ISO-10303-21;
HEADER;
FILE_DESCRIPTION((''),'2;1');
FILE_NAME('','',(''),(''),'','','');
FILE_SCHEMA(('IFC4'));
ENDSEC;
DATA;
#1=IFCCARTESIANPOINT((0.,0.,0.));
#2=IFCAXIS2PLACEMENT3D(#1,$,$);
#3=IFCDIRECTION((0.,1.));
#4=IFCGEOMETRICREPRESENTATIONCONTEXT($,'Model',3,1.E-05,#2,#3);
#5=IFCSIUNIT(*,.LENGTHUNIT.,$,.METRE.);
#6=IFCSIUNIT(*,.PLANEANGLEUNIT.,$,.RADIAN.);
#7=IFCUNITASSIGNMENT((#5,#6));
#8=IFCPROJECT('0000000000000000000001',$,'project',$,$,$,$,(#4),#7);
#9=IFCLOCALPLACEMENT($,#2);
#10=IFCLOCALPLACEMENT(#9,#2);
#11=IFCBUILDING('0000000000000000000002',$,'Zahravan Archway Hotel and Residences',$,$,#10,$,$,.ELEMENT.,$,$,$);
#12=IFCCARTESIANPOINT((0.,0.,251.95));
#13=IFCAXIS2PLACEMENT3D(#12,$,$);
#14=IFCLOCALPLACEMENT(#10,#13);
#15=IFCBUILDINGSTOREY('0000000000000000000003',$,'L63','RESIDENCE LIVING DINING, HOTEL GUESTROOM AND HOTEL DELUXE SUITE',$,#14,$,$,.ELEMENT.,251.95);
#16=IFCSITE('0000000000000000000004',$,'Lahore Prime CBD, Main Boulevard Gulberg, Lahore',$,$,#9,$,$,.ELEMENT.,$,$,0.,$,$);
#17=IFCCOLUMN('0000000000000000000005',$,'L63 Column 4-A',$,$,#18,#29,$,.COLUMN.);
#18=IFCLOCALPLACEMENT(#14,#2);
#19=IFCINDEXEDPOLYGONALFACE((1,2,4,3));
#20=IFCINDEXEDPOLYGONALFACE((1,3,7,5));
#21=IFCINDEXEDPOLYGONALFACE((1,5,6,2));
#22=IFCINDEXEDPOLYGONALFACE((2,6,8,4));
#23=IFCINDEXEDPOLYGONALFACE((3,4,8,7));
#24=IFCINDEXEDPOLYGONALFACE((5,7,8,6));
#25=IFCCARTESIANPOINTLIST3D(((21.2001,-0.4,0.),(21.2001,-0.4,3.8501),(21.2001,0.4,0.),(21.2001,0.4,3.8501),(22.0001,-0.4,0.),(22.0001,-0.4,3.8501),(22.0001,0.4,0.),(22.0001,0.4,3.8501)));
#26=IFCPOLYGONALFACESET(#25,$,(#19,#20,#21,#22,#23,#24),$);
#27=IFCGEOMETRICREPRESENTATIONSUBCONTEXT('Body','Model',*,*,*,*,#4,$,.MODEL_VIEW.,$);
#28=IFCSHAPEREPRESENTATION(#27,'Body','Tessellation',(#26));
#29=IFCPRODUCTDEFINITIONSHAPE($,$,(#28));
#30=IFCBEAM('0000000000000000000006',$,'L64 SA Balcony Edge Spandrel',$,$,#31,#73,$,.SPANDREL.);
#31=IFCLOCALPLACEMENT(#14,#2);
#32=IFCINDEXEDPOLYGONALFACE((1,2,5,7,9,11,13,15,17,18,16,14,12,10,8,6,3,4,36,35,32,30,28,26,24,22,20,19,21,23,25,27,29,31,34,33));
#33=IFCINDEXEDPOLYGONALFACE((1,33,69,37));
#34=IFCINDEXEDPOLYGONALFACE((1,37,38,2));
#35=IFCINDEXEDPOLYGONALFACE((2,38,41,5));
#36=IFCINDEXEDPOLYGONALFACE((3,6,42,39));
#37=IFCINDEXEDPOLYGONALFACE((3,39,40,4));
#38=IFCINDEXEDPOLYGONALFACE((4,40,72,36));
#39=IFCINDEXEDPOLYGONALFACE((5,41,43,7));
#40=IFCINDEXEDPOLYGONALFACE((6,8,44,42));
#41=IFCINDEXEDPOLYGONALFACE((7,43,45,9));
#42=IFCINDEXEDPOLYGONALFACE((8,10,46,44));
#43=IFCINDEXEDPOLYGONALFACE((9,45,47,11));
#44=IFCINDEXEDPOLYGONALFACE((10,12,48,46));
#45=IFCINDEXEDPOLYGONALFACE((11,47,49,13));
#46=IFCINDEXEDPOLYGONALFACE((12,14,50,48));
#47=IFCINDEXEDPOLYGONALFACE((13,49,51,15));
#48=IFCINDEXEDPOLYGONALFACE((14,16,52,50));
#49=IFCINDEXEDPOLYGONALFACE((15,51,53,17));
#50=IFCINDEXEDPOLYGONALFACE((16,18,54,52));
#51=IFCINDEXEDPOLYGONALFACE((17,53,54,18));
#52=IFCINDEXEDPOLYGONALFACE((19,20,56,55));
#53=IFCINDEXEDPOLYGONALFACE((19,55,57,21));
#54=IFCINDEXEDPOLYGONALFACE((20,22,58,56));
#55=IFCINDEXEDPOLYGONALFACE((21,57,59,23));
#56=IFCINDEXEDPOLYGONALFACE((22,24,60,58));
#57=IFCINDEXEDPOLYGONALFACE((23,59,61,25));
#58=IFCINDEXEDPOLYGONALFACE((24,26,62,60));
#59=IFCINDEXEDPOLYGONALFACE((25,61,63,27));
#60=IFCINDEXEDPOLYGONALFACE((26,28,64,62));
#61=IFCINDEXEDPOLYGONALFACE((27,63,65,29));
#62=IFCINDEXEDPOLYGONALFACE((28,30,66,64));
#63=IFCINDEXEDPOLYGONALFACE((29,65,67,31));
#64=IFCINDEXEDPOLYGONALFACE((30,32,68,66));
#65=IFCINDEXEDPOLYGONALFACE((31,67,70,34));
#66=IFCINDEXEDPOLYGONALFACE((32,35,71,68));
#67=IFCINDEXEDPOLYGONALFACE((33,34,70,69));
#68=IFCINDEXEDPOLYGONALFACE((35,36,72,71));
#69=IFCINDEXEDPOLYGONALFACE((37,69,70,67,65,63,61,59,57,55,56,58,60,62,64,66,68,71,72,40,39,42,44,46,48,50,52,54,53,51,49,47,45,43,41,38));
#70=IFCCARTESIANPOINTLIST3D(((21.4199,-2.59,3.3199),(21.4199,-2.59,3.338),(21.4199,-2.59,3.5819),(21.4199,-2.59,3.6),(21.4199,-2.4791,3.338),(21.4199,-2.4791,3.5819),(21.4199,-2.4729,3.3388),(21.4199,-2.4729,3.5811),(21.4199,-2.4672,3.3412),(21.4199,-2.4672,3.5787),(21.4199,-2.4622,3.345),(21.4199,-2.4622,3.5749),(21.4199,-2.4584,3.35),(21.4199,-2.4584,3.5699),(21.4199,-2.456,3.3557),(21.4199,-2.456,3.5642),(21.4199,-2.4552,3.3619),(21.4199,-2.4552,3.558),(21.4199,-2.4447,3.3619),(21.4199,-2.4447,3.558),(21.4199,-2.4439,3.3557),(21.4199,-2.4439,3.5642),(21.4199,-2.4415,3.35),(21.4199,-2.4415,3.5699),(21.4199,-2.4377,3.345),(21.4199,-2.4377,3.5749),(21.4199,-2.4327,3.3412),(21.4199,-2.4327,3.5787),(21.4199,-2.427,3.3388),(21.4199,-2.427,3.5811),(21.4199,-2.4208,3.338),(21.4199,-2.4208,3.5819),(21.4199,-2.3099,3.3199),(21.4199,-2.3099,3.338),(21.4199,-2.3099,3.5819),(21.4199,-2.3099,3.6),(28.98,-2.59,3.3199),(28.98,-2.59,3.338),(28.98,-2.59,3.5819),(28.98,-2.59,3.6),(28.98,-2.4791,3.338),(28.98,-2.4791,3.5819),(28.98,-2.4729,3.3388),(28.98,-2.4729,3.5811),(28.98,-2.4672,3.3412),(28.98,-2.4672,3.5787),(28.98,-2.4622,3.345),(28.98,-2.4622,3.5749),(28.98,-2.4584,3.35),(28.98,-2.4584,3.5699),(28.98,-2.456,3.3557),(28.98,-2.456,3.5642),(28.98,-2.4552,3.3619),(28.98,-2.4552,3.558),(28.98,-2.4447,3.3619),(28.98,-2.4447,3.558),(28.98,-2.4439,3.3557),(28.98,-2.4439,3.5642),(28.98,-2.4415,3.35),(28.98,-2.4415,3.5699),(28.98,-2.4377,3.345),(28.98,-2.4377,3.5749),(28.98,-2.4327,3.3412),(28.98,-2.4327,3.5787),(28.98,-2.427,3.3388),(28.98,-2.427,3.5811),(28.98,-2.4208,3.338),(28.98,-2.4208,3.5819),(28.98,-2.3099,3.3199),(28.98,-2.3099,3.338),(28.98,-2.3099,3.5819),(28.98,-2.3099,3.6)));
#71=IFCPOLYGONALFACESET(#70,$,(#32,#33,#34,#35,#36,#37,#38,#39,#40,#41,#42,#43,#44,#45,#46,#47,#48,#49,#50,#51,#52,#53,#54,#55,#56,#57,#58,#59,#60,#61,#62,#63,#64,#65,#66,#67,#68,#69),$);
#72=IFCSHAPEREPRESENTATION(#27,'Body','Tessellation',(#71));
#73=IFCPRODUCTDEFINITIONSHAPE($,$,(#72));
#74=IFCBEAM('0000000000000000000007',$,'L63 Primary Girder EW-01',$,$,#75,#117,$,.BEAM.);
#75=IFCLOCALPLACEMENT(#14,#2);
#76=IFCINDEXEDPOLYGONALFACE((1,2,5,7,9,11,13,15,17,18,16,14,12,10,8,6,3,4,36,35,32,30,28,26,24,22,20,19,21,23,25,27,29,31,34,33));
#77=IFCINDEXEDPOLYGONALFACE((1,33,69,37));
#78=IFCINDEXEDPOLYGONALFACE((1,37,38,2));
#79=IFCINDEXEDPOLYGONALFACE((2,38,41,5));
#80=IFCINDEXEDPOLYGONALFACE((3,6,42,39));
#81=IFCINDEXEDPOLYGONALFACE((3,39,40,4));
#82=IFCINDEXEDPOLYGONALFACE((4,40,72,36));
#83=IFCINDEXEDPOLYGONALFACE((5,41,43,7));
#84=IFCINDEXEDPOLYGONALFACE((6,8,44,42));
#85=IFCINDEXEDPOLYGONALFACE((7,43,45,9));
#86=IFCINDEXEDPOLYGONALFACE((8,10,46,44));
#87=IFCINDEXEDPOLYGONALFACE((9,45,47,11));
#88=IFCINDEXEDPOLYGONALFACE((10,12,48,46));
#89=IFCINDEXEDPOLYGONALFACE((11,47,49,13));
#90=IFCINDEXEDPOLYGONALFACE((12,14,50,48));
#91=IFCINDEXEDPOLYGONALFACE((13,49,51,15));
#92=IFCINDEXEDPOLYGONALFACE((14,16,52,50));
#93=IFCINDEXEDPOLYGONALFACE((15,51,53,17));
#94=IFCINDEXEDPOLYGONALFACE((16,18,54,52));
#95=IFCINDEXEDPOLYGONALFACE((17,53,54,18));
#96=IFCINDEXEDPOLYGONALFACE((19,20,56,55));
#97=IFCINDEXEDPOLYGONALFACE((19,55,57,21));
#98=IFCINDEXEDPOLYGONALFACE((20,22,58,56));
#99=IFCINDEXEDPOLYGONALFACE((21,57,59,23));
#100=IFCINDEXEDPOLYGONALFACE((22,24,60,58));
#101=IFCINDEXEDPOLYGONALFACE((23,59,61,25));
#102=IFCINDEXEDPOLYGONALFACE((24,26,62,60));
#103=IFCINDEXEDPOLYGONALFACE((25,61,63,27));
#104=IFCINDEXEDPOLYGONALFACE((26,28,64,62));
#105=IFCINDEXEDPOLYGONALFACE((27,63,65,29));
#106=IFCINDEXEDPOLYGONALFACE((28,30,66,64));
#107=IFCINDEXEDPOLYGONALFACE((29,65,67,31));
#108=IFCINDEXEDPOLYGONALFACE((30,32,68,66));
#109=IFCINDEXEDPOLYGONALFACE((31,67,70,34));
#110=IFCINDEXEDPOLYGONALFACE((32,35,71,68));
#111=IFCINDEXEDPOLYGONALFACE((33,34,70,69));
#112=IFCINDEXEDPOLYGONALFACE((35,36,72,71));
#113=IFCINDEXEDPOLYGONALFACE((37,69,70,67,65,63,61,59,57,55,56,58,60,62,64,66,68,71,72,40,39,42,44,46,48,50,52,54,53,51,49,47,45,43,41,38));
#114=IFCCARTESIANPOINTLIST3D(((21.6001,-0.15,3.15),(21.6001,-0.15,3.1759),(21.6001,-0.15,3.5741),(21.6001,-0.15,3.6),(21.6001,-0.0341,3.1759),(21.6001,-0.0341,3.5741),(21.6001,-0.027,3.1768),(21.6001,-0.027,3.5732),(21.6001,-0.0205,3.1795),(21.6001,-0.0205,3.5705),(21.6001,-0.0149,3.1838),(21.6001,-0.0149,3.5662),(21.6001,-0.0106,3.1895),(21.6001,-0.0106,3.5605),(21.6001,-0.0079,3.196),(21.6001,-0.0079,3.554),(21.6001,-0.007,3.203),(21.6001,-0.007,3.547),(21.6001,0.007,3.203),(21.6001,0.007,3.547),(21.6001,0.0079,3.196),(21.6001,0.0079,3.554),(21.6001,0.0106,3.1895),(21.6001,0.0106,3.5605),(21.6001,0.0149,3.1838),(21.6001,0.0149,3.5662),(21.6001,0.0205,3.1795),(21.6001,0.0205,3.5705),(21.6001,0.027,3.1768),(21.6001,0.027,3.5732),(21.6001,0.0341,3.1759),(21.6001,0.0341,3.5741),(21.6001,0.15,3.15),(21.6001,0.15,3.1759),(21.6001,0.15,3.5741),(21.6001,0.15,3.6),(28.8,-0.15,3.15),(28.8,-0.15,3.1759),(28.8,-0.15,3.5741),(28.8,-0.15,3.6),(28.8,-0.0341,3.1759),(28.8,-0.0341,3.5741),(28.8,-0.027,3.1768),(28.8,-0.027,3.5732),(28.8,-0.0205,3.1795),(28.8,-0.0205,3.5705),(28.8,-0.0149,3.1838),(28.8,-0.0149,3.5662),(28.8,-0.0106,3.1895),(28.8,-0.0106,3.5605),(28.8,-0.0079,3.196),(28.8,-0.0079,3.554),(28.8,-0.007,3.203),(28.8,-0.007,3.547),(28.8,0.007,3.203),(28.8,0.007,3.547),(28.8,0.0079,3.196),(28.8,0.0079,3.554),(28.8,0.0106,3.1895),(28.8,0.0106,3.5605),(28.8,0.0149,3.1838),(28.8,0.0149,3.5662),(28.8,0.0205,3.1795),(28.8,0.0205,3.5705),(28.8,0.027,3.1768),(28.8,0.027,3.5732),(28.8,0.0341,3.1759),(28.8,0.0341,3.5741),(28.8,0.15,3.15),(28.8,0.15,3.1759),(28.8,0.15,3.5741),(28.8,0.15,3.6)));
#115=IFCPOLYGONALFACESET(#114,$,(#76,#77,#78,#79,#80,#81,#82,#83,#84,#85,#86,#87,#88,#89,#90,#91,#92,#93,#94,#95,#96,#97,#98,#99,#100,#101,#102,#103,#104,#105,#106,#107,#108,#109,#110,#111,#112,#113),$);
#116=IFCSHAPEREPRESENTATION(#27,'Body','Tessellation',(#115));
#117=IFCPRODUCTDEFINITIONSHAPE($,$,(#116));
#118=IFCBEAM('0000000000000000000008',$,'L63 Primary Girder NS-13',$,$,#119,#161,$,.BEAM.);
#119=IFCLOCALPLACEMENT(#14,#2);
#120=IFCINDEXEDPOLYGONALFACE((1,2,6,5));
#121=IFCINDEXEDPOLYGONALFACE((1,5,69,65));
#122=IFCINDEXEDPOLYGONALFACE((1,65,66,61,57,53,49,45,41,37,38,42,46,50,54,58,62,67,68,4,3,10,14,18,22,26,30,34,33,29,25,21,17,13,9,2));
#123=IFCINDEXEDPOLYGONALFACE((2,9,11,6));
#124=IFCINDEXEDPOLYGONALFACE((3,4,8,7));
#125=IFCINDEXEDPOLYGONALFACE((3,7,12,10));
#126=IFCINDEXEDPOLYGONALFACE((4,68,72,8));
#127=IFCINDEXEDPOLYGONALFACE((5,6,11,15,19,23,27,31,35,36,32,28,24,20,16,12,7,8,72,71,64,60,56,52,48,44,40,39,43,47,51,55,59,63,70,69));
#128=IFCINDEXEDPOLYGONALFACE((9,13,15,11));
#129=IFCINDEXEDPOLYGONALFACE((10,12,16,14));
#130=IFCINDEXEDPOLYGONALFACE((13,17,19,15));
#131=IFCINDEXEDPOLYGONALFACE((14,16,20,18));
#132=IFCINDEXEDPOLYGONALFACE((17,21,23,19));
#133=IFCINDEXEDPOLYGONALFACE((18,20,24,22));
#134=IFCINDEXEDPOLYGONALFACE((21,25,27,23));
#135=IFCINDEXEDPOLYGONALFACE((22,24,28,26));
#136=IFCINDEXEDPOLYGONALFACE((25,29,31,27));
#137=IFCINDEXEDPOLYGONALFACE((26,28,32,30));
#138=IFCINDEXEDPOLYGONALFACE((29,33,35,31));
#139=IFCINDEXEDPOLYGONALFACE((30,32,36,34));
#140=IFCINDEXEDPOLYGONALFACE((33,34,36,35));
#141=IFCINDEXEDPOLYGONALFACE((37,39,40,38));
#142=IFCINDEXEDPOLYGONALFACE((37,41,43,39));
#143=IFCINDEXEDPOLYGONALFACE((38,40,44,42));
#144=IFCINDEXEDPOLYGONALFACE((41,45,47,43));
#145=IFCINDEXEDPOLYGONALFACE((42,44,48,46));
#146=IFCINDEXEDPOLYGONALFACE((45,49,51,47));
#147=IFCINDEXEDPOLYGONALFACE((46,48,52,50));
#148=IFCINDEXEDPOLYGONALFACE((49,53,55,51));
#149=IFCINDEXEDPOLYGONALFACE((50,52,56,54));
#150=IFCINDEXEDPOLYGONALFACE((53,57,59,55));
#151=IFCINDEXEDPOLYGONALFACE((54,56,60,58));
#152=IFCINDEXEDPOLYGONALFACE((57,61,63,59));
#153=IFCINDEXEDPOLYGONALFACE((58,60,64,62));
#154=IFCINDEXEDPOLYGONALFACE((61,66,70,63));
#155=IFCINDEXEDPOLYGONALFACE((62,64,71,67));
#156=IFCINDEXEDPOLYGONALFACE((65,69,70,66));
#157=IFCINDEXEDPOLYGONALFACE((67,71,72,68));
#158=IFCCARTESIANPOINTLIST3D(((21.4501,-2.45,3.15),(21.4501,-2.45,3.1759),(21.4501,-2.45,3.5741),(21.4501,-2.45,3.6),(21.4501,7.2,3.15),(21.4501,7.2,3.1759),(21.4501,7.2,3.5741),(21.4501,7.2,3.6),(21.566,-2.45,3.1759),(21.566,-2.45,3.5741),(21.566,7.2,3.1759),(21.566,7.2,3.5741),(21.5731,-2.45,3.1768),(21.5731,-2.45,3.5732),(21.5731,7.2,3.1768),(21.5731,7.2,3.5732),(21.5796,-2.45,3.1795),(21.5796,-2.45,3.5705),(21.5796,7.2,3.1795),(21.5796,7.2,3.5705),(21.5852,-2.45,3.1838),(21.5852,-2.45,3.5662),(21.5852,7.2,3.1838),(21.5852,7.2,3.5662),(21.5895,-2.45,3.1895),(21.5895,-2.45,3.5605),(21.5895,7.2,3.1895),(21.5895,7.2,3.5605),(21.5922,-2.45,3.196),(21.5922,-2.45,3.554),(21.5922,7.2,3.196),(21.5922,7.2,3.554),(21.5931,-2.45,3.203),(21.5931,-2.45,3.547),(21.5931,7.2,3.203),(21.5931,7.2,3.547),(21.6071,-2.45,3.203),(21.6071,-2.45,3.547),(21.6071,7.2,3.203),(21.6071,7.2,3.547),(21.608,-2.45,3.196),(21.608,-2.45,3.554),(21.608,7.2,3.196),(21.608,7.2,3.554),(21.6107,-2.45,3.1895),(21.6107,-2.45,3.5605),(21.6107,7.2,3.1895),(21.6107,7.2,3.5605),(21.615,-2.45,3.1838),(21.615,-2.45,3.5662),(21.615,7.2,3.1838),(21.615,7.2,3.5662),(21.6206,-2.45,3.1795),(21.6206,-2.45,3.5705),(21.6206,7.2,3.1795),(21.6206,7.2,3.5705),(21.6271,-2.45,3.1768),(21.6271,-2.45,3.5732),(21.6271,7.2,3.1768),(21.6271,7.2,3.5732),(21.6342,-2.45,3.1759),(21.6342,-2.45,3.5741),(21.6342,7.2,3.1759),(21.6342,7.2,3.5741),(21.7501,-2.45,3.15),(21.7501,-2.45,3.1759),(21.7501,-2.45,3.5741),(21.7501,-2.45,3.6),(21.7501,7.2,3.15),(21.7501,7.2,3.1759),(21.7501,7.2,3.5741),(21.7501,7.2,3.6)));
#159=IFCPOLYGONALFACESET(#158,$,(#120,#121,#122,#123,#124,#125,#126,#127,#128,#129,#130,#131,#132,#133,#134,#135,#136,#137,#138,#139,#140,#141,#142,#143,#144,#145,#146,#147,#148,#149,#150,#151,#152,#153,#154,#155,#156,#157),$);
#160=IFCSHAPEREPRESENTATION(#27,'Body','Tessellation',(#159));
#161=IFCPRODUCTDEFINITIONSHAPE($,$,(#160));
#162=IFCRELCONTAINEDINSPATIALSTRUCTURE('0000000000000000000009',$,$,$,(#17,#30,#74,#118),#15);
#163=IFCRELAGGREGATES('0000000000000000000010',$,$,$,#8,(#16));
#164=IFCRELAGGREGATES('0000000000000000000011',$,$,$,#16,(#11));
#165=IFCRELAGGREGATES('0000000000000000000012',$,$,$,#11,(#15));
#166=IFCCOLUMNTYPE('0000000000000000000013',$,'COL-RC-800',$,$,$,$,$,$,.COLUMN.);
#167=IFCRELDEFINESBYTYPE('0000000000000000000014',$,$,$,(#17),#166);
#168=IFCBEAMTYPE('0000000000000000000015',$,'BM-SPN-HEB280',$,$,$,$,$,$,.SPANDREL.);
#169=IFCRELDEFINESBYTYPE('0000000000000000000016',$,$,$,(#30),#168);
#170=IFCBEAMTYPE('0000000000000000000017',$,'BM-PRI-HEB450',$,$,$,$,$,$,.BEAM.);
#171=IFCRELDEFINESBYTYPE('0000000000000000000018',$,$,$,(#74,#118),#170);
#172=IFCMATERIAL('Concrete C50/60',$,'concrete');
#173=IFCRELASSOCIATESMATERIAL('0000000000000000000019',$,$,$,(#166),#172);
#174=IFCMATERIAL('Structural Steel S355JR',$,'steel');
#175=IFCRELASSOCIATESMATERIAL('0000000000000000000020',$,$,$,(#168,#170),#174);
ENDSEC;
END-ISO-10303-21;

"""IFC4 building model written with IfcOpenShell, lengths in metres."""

from ifc_helpers import new_model, si_unit, direction, frame, origin, origin_2d, place, context, subcontext, project, spatial, rectangle, i_section, extrude, source, transform, mapped, material, material_profile, profile_set, type_object, type_shapes, element, save


model = new_model("IFC4")

# Units and contexts
model_context = context("Model", 3, precision=1e-05, world=origin(), true_north=direction((0.0, 1.0)))
body_context = subcontext(model_context, "Body", "Model", "MODEL_VIEW")
ifc_project = project(units=[si_unit("LENGTHUNIT", "METRE"), si_unit("PLANEANGLEUNIT", "RADIAN")], contexts=[model_context])

# Site, building, storey
site_placement = place(None, origin())
site = spatial("IfcSite", under=ifc_project, at=site_placement, Name="Lahore Prime CBD, Main Boulevard Gulberg, Lahore", CompositionType="ELEMENT", RefElevation=0.0)
building_placement = place(site_placement, origin())
building = spatial("IfcBuilding", under=site, at=building_placement, Name="Zahravan Archway Hotel and Residences", CompositionType="ELEMENT")
storey_placement = place(building_placement, frame((0.0, 0.0, 251.95)))
storey = spatial("IfcBuildingStorey", under=building, at=storey_placement, Name="L63", Description="RESIDENCE LIVING DINING, HOTEL GUESTROOM AND HOTEL DELUXE SUITE", CompositionType="ELEMENT", Elevation=251.95)

# Column
ifc_material_1 = material(Name="Concrete C50/60", Category="concrete")
ifc_material_profile_1 = material_profile(ifc_material_1, rectangle(XDim=0.8, YDim=0.8, at=origin_2d()), Name="RC-COL-800x800", Category="concrete")
ifc_profile_set_1 = profile_set([ifc_material_profile_1], Name="Concrete C50/60")
column_type = type_object("IfcColumnType", Name="COL-RC-800", PredefinedType="COLUMN", material=ifc_profile_set_1)
shared_shape_1 = source(origin(), body_context, "Body", "SweptSolid", [
    extrude(rectangle(XDim=0.8, YDim=0.8, at=origin_2d()), origin(), (0.0, 0.0, 1.0), 3.8501),
])
column_placement = place(storey_placement, frame((21.6001, 0.0, 0.0), z_axis=(0.0, 0.0, 1.0), x_axis=(1.0, 0.0, 0.0)))
element("IfcColumn", 1, at=column_placement, inside=storey, type_object=column_type, Name="L63 Column 4-A", PredefinedType="COLUMN", context=body_context, shape_type="MappedRepresentation", body=[
    mapped(shared_shape_1, transform((0.0, 0.0, 0.0), scale=1.0)),
])

# Beams
ifc_material_2 = material(Name="Structural Steel S355JR", Category="steel")
ifc_material_profile_2 = material_profile(ifc_material_2, i_section(OverallWidth=0.28, OverallDepth=0.28, WebThickness=0.0105, FlangeThickness=0.0181, FilletRadius=0.0239, at=origin_2d()), Name="HEB 280", Category="steel")
ifc_profile_set_2 = profile_set([ifc_material_profile_2], Name="Structural Steel S355JR")
beam_type_1 = type_object("IfcBeamType", Name="BM-SPN-HEB280", PredefinedType="SPANDREL", material=ifc_profile_set_2)
shared_shape_2 = source(origin(), body_context, "Body", "SweptSolid", [
    extrude(i_section(OverallWidth=0.28, OverallDepth=0.28, WebThickness=0.0105, FlangeThickness=0.0181, FilletRadius=0.0239, at=origin_2d()), origin(), (0.0, 0.0, 1.0), 7.5601),
])
type_shapes(beam_type_1, [shared_shape_2])
beam_1_placement = place(storey_placement, frame((21.4199, -2.45, 3.46), z_axis=(1.0, 0.0, 0.0), x_axis=(0.0, 1.0, 0.0)))
element("IfcBeam", 2, at=beam_1_placement, inside=storey, type_object=beam_type_1, Name="L64 SA Balcony Edge Spandrel", PredefinedType="SPANDREL", context=body_context, shape_type="MappedRepresentation", body=[
    mapped(shared_shape_2, transform((0.0, 0.0, 0.0), scale=1.0)),
])
ifc_material_profile_3 = material_profile(ifc_material_2, i_section(OverallWidth=0.3, OverallDepth=0.45, WebThickness=0.0139, FlangeThickness=0.0259, FilletRadius=0.0271, at=origin_2d()), Name="HEB 450", Category="steel")
ifc_profile_set_3 = profile_set([ifc_material_profile_3], Name="Structural Steel S355JR")
beam_type_2 = type_object("IfcBeamType", Name="BM-PRI-HEB450", PredefinedType="BEAM", material=ifc_profile_set_3)
shared_shape_3 = source(origin(), body_context, "Body", "SweptSolid", [
    extrude(i_section(OverallWidth=0.3, OverallDepth=0.45, WebThickness=0.0139, FlangeThickness=0.0259, FilletRadius=0.0271, at=origin_2d()), origin(), (0.0, 0.0, 1.0), 7.2),
])
beam_2_placement = place(storey_placement, frame((21.6001, 0.0, 3.375), z_axis=(1.0, 0.0, 0.0), x_axis=(0.0, 1.0, 0.0)))
element("IfcBeam", 3, at=beam_2_placement, inside=storey, type_object=beam_type_2, Name="L63 Primary Girder EW-01", PredefinedType="BEAM", context=body_context, shape_type="MappedRepresentation", body=[
    mapped(shared_shape_3, transform((0.0, 0.0, 0.0), scale=1.0)),
])
shared_shape_4 = source(origin(), body_context, "Body", "SweptSolid", [
    extrude(i_section(OverallWidth=0.3, OverallDepth=0.45, WebThickness=0.0139, FlangeThickness=0.0259, FilletRadius=0.0271, at=origin_2d()), origin(), (0.0, 0.0, 1.0), 9.6499),
])
beam_3_placement = place(storey_placement, frame((21.6001, -2.45, 3.375), z_axis=(0.0, 1.0, 0.0), x_axis=(-1.0, 0.0, 0.0)))
element("IfcBeam", 4, at=beam_3_placement, inside=storey, type_object=beam_type_2, Name="L63 Primary Girder NS-13", PredefinedType="BEAM", context=body_context, shape_type="MappedRepresentation", body=[
    mapped(shared_shape_4, transform((0.0, 0.0, 0.0), scale=1.0)),
])

save(model, "model.ifc")
